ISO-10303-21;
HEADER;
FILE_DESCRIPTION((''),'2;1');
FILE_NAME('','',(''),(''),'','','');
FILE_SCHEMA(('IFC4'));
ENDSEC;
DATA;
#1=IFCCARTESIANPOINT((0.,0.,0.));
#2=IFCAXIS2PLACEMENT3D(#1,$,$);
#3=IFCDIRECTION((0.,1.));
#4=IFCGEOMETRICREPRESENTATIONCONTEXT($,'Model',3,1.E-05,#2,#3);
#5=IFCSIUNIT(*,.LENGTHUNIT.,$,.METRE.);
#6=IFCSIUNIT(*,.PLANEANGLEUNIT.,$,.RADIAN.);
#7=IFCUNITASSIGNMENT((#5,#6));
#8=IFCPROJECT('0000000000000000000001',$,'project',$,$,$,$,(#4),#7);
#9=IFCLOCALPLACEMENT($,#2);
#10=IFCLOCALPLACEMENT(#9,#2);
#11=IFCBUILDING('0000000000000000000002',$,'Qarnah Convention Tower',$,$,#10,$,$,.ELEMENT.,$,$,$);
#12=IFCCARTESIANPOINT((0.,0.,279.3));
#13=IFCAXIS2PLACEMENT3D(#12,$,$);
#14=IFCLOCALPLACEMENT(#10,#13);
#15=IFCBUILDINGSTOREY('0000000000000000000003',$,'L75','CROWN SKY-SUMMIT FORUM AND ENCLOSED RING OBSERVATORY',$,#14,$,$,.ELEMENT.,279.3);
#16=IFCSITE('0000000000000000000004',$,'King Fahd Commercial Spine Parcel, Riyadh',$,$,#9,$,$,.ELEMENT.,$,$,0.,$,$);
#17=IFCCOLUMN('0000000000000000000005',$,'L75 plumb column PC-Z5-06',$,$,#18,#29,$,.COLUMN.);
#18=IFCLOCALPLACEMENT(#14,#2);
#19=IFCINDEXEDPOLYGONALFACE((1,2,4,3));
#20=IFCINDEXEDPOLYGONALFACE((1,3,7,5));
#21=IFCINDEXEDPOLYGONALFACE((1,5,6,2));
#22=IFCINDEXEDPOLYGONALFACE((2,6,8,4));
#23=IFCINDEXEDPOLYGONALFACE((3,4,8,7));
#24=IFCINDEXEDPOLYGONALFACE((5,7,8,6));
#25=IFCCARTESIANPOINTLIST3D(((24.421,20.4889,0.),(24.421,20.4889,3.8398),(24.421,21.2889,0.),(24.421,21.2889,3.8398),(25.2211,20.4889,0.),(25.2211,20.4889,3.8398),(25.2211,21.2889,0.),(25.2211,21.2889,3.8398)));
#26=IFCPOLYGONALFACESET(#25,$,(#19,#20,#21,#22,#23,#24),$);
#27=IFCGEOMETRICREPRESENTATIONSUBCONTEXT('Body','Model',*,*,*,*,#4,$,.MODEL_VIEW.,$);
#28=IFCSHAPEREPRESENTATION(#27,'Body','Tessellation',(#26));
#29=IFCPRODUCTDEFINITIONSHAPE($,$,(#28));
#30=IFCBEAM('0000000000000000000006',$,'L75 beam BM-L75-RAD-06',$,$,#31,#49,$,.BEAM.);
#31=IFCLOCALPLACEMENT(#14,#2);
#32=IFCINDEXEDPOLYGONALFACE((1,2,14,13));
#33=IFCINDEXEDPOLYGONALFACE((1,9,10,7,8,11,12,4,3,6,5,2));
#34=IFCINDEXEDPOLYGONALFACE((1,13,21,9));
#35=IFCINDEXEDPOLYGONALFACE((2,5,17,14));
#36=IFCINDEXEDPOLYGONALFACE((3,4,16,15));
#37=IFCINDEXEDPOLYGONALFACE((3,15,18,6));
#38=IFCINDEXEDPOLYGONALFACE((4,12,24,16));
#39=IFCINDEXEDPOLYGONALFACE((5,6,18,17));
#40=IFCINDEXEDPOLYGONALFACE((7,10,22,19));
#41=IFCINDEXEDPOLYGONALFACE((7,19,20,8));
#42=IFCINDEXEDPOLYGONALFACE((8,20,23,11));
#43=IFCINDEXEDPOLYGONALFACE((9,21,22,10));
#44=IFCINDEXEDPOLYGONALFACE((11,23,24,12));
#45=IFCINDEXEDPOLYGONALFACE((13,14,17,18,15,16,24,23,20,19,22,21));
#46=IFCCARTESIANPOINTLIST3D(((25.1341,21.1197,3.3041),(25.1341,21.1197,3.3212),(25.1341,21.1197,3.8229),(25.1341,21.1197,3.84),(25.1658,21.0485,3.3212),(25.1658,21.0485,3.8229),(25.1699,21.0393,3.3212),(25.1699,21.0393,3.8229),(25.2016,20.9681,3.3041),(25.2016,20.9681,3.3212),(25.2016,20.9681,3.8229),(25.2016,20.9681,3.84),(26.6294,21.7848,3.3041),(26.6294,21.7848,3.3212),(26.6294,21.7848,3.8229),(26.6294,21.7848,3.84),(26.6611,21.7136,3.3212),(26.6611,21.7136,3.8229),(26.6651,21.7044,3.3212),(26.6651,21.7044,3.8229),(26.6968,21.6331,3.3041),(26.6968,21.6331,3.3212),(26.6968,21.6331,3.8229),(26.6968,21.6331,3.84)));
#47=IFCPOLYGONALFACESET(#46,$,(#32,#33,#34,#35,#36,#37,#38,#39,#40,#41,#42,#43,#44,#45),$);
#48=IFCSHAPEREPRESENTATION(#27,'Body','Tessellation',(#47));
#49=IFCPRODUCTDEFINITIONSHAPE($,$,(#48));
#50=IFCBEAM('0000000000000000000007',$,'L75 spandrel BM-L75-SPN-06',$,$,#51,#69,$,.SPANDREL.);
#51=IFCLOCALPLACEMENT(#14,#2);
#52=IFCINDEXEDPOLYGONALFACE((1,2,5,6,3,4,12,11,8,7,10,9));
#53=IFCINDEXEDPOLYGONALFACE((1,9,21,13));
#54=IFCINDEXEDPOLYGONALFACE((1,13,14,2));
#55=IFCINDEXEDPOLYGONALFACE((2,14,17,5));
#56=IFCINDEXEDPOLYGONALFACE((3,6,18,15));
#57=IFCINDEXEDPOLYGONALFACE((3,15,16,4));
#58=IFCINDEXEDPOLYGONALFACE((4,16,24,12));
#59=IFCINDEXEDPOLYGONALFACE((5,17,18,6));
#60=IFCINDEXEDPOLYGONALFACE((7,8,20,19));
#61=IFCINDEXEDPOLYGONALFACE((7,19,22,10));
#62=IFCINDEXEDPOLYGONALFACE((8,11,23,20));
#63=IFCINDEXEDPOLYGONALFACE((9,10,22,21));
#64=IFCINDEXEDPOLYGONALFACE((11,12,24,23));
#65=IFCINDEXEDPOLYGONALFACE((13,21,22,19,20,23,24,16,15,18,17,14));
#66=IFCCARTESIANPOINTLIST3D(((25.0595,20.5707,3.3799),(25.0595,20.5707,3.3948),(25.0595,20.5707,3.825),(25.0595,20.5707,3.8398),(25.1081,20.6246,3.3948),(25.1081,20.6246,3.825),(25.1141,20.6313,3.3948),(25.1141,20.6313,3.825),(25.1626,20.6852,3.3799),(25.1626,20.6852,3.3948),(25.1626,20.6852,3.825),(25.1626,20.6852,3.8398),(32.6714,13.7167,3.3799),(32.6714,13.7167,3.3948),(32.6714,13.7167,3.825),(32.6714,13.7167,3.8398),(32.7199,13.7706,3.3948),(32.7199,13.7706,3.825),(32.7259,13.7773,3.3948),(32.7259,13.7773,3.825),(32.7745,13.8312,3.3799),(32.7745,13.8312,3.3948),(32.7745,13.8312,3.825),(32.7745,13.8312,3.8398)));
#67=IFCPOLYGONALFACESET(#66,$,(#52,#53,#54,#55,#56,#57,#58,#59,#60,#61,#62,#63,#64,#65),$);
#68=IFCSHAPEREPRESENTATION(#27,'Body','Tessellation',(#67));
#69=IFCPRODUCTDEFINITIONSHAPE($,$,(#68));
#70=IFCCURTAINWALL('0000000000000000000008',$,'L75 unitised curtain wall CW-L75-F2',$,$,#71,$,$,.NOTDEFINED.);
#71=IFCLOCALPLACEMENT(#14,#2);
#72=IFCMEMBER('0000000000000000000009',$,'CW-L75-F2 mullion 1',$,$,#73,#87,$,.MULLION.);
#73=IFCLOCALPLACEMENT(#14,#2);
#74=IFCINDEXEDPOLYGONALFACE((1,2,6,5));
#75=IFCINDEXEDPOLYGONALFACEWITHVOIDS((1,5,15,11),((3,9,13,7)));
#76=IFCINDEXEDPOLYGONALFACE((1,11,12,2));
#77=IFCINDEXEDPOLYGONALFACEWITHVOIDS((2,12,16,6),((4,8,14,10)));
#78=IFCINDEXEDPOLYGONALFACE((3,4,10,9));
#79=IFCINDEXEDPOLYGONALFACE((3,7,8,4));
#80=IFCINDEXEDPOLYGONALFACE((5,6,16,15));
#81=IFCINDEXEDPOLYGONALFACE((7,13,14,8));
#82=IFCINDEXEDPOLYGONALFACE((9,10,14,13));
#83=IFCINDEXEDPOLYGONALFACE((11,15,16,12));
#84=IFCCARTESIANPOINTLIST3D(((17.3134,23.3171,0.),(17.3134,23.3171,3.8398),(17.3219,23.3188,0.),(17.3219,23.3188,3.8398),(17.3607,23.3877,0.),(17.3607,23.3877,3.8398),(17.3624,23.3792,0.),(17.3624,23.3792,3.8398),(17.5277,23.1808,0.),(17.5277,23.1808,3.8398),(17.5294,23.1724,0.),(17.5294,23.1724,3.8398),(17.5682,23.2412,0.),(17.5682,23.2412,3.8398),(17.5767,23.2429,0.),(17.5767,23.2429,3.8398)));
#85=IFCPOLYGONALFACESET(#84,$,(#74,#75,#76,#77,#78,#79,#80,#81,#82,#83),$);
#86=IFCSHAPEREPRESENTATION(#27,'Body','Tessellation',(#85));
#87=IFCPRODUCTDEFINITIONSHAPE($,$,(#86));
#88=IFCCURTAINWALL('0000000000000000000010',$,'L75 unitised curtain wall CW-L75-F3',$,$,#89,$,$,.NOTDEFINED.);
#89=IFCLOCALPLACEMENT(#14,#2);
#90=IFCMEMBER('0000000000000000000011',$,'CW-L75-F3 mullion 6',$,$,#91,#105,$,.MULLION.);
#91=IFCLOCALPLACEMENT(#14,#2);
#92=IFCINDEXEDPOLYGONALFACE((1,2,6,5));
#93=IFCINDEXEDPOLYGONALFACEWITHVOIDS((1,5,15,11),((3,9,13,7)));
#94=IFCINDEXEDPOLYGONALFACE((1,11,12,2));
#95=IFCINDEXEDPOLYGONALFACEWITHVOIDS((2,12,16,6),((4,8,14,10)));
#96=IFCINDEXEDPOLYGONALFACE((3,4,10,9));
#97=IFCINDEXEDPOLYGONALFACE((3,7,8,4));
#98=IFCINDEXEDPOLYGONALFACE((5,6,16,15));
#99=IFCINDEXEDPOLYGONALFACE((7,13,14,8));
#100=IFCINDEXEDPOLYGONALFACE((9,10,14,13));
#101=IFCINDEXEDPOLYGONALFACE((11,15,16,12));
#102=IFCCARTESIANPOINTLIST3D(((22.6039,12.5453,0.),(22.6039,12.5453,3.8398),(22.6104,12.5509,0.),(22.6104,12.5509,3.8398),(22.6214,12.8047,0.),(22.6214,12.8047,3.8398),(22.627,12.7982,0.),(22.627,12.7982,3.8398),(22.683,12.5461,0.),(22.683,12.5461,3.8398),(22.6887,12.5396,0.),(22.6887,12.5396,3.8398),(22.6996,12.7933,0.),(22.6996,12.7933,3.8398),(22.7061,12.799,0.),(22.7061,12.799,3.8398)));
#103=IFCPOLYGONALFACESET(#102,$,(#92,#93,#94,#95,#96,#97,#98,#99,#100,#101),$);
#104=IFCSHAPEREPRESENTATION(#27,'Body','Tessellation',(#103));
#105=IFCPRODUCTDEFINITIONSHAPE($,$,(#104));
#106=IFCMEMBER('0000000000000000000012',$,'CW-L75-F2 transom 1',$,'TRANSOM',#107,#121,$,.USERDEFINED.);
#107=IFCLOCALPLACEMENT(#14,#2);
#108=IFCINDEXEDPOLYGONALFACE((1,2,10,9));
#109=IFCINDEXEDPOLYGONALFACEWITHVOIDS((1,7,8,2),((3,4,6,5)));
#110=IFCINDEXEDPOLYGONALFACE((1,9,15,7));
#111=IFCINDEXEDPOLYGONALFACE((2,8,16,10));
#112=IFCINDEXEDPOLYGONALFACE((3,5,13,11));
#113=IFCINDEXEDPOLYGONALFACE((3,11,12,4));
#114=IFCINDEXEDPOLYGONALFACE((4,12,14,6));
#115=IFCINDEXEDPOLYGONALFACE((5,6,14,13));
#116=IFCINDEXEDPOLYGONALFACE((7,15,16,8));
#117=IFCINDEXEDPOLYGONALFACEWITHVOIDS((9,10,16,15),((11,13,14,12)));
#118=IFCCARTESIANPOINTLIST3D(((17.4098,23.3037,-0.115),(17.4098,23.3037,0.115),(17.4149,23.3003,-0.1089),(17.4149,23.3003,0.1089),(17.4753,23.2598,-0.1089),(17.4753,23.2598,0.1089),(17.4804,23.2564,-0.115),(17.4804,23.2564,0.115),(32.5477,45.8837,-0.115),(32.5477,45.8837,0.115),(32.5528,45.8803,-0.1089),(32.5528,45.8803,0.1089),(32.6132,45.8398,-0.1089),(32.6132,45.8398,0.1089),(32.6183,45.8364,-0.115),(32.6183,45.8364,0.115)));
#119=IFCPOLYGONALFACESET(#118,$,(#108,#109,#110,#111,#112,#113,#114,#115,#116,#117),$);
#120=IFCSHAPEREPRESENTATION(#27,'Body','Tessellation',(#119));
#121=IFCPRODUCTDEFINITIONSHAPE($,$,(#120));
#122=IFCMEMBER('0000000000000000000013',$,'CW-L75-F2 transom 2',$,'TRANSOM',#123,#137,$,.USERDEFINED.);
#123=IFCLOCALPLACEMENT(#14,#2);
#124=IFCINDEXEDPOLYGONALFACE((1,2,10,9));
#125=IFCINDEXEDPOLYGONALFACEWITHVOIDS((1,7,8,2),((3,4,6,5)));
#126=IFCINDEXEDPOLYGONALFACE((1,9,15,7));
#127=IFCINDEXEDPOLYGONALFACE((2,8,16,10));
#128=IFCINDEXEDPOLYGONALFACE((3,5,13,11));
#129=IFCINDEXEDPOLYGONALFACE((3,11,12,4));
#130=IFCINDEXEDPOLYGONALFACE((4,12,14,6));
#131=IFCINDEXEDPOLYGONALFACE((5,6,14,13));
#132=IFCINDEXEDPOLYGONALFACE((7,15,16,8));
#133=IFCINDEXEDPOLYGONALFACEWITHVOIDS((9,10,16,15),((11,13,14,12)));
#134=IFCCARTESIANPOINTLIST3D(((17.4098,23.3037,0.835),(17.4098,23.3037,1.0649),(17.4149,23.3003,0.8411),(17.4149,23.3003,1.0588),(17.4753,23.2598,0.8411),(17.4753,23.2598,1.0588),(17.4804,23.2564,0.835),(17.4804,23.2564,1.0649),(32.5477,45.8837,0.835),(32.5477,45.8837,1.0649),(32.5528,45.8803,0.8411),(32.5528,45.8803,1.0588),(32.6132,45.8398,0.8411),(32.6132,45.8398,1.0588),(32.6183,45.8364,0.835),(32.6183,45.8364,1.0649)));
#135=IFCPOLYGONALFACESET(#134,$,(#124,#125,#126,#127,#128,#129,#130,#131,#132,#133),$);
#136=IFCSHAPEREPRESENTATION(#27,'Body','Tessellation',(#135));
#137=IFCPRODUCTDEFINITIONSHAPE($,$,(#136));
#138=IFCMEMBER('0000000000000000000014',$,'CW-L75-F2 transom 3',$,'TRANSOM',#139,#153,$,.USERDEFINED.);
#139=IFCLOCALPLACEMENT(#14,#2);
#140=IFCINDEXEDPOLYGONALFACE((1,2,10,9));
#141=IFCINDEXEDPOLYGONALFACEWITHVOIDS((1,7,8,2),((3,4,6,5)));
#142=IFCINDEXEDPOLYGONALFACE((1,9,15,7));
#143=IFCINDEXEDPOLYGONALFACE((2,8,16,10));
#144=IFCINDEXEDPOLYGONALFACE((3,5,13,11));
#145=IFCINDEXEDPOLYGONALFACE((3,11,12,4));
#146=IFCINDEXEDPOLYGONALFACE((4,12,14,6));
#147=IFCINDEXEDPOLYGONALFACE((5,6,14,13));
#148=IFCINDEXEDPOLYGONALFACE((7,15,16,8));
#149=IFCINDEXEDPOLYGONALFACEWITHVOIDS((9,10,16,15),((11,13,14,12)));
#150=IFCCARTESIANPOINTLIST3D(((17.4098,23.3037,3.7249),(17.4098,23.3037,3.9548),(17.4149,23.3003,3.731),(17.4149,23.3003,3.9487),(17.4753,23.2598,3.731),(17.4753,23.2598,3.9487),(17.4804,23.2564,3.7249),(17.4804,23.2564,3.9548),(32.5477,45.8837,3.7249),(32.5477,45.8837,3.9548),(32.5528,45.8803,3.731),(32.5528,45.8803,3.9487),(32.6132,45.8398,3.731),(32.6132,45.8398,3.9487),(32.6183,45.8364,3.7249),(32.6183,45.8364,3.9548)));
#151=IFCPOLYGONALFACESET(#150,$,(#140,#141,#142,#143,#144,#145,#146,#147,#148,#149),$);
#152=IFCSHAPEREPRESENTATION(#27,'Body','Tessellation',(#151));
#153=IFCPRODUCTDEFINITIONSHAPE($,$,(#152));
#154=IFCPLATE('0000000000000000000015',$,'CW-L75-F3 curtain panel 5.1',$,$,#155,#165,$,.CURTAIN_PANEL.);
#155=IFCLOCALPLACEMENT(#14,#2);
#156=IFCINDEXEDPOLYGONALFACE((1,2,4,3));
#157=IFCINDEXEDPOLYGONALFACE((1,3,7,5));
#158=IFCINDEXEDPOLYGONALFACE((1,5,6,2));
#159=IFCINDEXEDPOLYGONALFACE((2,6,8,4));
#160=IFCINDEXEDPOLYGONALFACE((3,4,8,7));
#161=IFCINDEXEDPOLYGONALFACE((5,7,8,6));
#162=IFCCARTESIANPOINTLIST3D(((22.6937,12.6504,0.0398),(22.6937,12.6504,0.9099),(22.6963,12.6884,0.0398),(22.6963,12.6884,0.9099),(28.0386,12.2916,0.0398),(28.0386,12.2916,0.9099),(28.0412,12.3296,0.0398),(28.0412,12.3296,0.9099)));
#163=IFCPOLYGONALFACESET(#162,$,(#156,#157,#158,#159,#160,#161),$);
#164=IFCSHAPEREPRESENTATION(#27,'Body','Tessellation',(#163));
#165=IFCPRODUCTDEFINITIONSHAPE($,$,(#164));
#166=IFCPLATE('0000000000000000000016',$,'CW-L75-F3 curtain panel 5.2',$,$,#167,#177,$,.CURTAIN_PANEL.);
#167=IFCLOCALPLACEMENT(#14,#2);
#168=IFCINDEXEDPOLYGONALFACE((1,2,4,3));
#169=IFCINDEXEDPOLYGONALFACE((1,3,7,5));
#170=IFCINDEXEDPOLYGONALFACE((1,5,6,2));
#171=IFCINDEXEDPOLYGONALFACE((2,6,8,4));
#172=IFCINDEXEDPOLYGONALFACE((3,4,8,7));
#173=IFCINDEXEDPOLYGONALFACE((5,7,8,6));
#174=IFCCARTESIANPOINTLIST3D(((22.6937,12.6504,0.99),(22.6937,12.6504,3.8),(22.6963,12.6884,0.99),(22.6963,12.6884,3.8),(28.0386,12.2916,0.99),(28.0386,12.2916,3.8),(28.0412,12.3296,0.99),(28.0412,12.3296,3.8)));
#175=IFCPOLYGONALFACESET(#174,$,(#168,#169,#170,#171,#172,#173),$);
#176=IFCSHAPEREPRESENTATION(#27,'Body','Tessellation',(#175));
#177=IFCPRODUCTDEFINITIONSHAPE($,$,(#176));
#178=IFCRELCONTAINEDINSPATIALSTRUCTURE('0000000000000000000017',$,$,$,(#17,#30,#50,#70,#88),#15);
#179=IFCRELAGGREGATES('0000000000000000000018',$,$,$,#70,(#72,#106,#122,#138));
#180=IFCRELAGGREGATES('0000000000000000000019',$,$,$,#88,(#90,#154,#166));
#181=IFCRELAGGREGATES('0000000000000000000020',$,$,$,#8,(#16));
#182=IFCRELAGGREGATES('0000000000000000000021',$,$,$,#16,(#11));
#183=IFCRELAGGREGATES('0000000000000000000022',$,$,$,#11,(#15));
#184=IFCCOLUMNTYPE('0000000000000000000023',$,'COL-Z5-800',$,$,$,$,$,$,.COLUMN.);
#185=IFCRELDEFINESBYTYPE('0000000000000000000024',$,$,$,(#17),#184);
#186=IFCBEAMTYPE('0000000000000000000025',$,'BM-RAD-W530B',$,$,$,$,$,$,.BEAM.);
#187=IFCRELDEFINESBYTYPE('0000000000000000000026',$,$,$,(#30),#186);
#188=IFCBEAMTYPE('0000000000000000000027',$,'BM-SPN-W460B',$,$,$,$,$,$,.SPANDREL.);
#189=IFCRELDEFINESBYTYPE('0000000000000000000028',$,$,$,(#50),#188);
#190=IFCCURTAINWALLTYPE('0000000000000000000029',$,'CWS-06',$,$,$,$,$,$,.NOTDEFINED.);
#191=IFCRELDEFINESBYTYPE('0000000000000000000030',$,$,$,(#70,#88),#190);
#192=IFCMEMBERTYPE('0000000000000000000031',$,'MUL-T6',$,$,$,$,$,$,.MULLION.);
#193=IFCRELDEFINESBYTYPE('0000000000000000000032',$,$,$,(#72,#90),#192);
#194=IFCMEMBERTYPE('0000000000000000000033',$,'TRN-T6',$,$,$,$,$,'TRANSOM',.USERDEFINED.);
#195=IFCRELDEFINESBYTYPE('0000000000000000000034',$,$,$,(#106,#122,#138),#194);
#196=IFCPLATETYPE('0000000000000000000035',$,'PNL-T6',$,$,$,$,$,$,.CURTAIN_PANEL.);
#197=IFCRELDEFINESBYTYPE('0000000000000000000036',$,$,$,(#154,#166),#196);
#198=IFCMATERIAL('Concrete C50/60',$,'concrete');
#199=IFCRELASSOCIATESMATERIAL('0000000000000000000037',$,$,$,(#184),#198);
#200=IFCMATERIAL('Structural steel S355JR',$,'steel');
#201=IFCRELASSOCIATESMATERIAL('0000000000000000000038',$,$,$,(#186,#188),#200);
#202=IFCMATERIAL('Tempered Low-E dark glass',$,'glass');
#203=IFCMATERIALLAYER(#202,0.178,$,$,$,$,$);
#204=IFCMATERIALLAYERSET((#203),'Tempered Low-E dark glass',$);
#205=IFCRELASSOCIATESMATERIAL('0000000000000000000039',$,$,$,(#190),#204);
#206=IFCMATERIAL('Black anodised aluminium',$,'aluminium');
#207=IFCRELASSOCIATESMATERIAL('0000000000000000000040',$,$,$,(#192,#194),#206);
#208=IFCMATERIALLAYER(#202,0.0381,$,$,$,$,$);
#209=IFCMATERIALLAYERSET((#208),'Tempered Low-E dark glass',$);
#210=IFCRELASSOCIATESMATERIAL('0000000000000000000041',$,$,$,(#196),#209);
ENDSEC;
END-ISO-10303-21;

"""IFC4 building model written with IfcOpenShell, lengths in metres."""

from ifc_helpers import new_model, si_unit, direction, frame, origin, origin_2d, place, context, subcontext, project, spatial, rectangle, hollow_rectangle, i_section, extrude, material, layer, layer_set, material_profile, profile_set, type_object, element, aggregate, save


model = new_model("IFC4")

# Units and contexts
model_context = context("Model", 3, precision=1e-05, world=origin(), true_north=direction((0.0, 1.0)))
body_context = subcontext(model_context, "Body", "Model", "MODEL_VIEW")
ifc_project = project(units=[si_unit("LENGTHUNIT", "METRE"), si_unit("PLANEANGLEUNIT", "RADIAN")], contexts=[model_context])

# Site, building, storey
site_placement = place(None, origin())
site = spatial("IfcSite", under=ifc_project, at=site_placement, Name="King Fahd Commercial Spine Parcel, Riyadh", CompositionType="ELEMENT", RefElevation=0.0)
building_placement = place(site_placement, origin())
building = spatial("IfcBuilding", under=site, at=building_placement, Name="Qarnah Convention Tower", CompositionType="ELEMENT")
storey_placement = place(building_placement, frame((0.0, 0.0, 279.3)))
storey = spatial("IfcBuildingStorey", under=building, at=storey_placement, Name="L75", Description="CROWN SKY-SUMMIT FORUM AND ENCLOSED RING OBSERVATORY", CompositionType="ELEMENT", Elevation=279.3)

# Column
ifc_material_1 = material(Name="Concrete C50/60", Category="concrete")
ifc_material_profile_1 = material_profile(ifc_material_1, rectangle(XDim=0.8, YDim=0.8, at=origin_2d()), Name="RC-COL-800X800")
ifc_profile_set_1 = profile_set([ifc_material_profile_1], Name="Concrete C50/60")
column_type = type_object("IfcColumnType", Name="COL-Z5-800", PredefinedType="COLUMN", material=ifc_profile_set_1)
column_placement = place(storey_placement, frame((24.821, 20.8889, 0.0), z_axis=(0.0, 0.0, 1.0), x_axis=(1.0, 0.0, 0.0)))
element("IfcColumn", 1, at=column_placement, inside=storey, type_object=column_type, Name="L75 plumb column PC-Z5-06", PredefinedType="COLUMN", context=body_context, shape_type="SweptSolid", body=[
    extrude(rectangle(XDim=0.8, YDim=0.8, at=origin_2d()), origin(), (0.0, 0.0, 1.0), 3.8398),
])

# Beams
ifc_material_2 = material(Name="Structural steel S355JR", Category="steel")
ifc_material_profile_2 = material_profile(ifc_material_2, i_section(OverallWidth=0.166, OverallDepth=0.5359, WebThickness=0.01, FlangeThickness=0.0171, at=origin_2d()), Name="W530X85")
ifc_profile_set_2 = profile_set([ifc_material_profile_2], Name="Structural steel S355JR")
beam_type_1 = type_object("IfcBeamType", Name="BM-RAD-W530B", PredefinedType="BEAM", material=ifc_profile_set_2)
beam_1_placement = place(storey_placement, frame((26.6631, 21.709, 3.572), z_axis=(-0.913688, -0.406415, 0.0), x_axis=(0.406415, -0.913688, 0.0)))
element("IfcBeam", 2, at=beam_1_placement, inside=storey, type_object=beam_type_1, Name="L75 beam BM-L75-RAD-06", PredefinedType="BEAM", context=body_context, shape_type="SweptSolid", body=[
    extrude(i_section(OverallWidth=0.166, OverallDepth=0.5359, WebThickness=0.01, FlangeThickness=0.0171, at=origin_2d()), origin(), (0.0, 0.0, 1.0), 1.6365),
])
ifc_material_profile_3 = material_profile(ifc_material_2, i_section(OverallWidth=0.1541, OverallDepth=0.46, WebThickness=0.009, FlangeThickness=0.0149, at=origin_2d()), Name="W460X68")
ifc_profile_set_3 = profile_set([ifc_material_profile_3], Name="Structural steel S355JR")
beam_type_2 = type_object("IfcBeamType", Name="BM-SPN-W460B", PredefinedType="SPANDREL", material=ifc_profile_set_3)
beam_2_placement = place(storey_placement, frame((25.1111, 20.6279, 3.6099), z_axis=(0.743131, -0.669146, 0.0), x_axis=(0.669146, 0.743131, 0.0)))
element("IfcBeam", 3, at=beam_2_placement, inside=storey, type_object=beam_type_2, Name="L75 spandrel BM-L75-SPN-06", PredefinedType="SPANDREL", context=body_context, shape_type="SweptSolid", body=[
    extrude(i_section(OverallWidth=0.1541, OverallDepth=0.46, WebThickness=0.009, FlangeThickness=0.0149, at=origin_2d()), origin(), (0.0, 0.0, 1.0), 10.2429),
])

# Curtain walls, members
ifc_material_3 = material(Name="Tempered Low-E dark glass", Category="glass")
ifc_layer_1 = layer(ifc_material_3, 0.178)
ifc_layer_set_1 = layer_set([ifc_layer_1], Name="Tempered Low-E dark glass")
curtain_wall_type = type_object("IfcCurtainWallType", Name="CWS-06", PredefinedType="NOTDEFINED", material=ifc_layer_set_1)
curtain_wall_1_placement = place(storey_placement, origin())
curtain_wall_1 = element("IfcCurtainWall", 4, at=curtain_wall_1_placement, inside=storey, type_object=curtain_wall_type, Name="L75 unitised curtain wall CW-L75-F2", PredefinedType="NOTDEFINED")
ifc_material_4 = material(Name="Black anodised aluminium", Category="aluminium")
ifc_material_profile_4 = material_profile(ifc_material_4, hollow_rectangle(XDim=0.085, YDim=0.26, WallThickness=0.0061, at=origin_2d()), Name="MUL-85X260")
ifc_profile_set_4 = profile_set([ifc_material_profile_4], Name="Black anodised aluminium")
member_type_1 = type_object("IfcMemberType", Name="MUL-T6", PredefinedType="MULLION", material=ifc_profile_set_4)
member_1_placement = place(storey_placement, frame((17.4451, 23.28, 0.0), z_axis=(0.0, 0.0, 1.0), x_axis=(0.556855, 0.83061, 0.0)))
member_1 = element("IfcMember", 5, at=member_1_placement, type_object=member_type_1, Name="CW-L75-F2 mullion 1", PredefinedType="MULLION", context=body_context, shape_type="SweptSolid", body=[
    extrude(hollow_rectangle(XDim=0.085, YDim=0.26, WallThickness=0.0061, at=origin_2d()), origin(), (0.0, 0.0, 1.0), 3.8398),
])
curtain_wall_2_placement = place(storey_placement, origin())
curtain_wall_2 = element("IfcCurtainWall", 6, at=curtain_wall_2_placement, inside=storey, type_object=curtain_wall_type, Name="L75 unitised curtain wall CW-L75-F3", PredefinedType="NOTDEFINED")
member_2_placement = place(storey_placement, frame((22.655, 12.6721, 0.0), z_axis=(0.0, 0.0, 1.0), x_axis=(-0.997754, 0.066985, 0.0)))
member_2 = element("IfcMember", 7, at=member_2_placement, type_object=member_type_1, Name="CW-L75-F3 mullion 6", PredefinedType="MULLION", context=body_context, shape_type="SweptSolid", body=[
    extrude(hollow_rectangle(XDim=0.085, YDim=0.26, WallThickness=0.0061, at=origin_2d()), origin(), (0.0, 0.0, 1.0), 3.8398),
])

# Members
ifc_material_profile_5 = material_profile(ifc_material_4, hollow_rectangle(XDim=0.085, YDim=0.23, WallThickness=0.0061, at=origin_2d()), Name="TRN-85X230")
ifc_profile_set_5 = profile_set([ifc_material_profile_5], Name="Black anodised aluminium")
member_type_2 = type_object("IfcMemberType", Name="TRN-T6", ElementType="TRANSOM", PredefinedType="USERDEFINED", material=ifc_profile_set_5)
member_3_placement = place(storey_placement, frame((17.4451, 23.28, 0.0), z_axis=(0.556852, 0.830612, 0.0), x_axis=(-0.830612, 0.556852, 0.0)))
member_3 = element("IfcMember", 8, at=member_3_placement, type_object=member_type_2, Name="CW-L75-F2 transom 1", ObjectType="TRANSOM", PredefinedType="USERDEFINED", context=body_context, shape_type="SweptSolid", body=[
    extrude(hollow_rectangle(XDim=0.085, YDim=0.23, WallThickness=0.0061, at=origin_2d()), origin(), (0.0, 0.0, 1.0), 27.1848),
])
member_4_placement = place(storey_placement, frame((17.4451, 23.28, 0.95), z_axis=(0.556852, 0.830612, 0.0), x_axis=(-0.830612, 0.556852, 0.0)))
member_4 = element("IfcMember", 9, at=member_4_placement, type_object=member_type_2, Name="CW-L75-F2 transom 2", ObjectType="TRANSOM", PredefinedType="USERDEFINED", context=body_context, shape_type="SweptSolid", body=[
    extrude(hollow_rectangle(XDim=0.085, YDim=0.23, WallThickness=0.0061, at=origin_2d()), origin(), (0.0, 0.0, 1.0), 27.1848),
])
member_5_placement = place(storey_placement, frame((17.4451, 23.28, 3.8398), z_axis=(0.556852, 0.830612, 0.0), x_axis=(-0.830612, 0.556852, 0.0)))
member_5 = element("IfcMember", 10, at=member_5_placement, type_object=member_type_2, Name="CW-L75-F2 transom 3", ObjectType="TRANSOM", PredefinedType="USERDEFINED", context=body_context, shape_type="SweptSolid", body=[
    extrude(hollow_rectangle(XDim=0.085, YDim=0.23, WallThickness=0.0061, at=origin_2d()), origin(), (0.0, 0.0, 1.0), 27.1848),
])
aggregate(curtain_wall_1, [member_1, member_3, member_4, member_5])

# Plates
ifc_layer_2 = layer(ifc_material_3, 0.0381)
ifc_layer_set_2 = layer_set([ifc_layer_2], Name="Tempered Low-E dark glass")
plate_type = type_object("IfcPlateType", Name="PNL-T6", PredefinedType="CURTAIN_PANEL", material=ifc_layer_set_2)
plate_1_placement = place(storey_placement, frame((25.3674, 12.49, 0.0398), z_axis=(0.0, 0.0, 1.0), x_axis=(-0.997754, 0.066985, 0.0)))
plate_1 = element("IfcPlate", 11, at=plate_1_placement, type_object=plate_type, Name="CW-L75-F3 curtain panel 5.1", PredefinedType="CURTAIN_PANEL", context=body_context, shape_type="SweptSolid", body=[
    extrude(rectangle(XDim=5.3569, YDim=0.0381, at=origin_2d()), origin(), (0.0, 0.0, 1.0), 0.8701),
])
plate_2_placement = place(storey_placement, frame((25.3674, 12.49, 0.99), z_axis=(0.0, 0.0, 1.0), x_axis=(-0.997754, 0.066985, 0.0)))
plate_2 = element("IfcPlate", 12, at=plate_2_placement, type_object=plate_type, Name="CW-L75-F3 curtain panel 5.2", PredefinedType="CURTAIN_PANEL", context=body_context, shape_type="SweptSolid", body=[
    extrude(rectangle(XDim=5.3569, YDim=0.0381, at=origin_2d()), origin(), (0.0, 0.0, 1.0), 2.8101),
])
aggregate(curtain_wall_2, [member_2, plate_1, plate_2])

save(model, "model.ifc")
